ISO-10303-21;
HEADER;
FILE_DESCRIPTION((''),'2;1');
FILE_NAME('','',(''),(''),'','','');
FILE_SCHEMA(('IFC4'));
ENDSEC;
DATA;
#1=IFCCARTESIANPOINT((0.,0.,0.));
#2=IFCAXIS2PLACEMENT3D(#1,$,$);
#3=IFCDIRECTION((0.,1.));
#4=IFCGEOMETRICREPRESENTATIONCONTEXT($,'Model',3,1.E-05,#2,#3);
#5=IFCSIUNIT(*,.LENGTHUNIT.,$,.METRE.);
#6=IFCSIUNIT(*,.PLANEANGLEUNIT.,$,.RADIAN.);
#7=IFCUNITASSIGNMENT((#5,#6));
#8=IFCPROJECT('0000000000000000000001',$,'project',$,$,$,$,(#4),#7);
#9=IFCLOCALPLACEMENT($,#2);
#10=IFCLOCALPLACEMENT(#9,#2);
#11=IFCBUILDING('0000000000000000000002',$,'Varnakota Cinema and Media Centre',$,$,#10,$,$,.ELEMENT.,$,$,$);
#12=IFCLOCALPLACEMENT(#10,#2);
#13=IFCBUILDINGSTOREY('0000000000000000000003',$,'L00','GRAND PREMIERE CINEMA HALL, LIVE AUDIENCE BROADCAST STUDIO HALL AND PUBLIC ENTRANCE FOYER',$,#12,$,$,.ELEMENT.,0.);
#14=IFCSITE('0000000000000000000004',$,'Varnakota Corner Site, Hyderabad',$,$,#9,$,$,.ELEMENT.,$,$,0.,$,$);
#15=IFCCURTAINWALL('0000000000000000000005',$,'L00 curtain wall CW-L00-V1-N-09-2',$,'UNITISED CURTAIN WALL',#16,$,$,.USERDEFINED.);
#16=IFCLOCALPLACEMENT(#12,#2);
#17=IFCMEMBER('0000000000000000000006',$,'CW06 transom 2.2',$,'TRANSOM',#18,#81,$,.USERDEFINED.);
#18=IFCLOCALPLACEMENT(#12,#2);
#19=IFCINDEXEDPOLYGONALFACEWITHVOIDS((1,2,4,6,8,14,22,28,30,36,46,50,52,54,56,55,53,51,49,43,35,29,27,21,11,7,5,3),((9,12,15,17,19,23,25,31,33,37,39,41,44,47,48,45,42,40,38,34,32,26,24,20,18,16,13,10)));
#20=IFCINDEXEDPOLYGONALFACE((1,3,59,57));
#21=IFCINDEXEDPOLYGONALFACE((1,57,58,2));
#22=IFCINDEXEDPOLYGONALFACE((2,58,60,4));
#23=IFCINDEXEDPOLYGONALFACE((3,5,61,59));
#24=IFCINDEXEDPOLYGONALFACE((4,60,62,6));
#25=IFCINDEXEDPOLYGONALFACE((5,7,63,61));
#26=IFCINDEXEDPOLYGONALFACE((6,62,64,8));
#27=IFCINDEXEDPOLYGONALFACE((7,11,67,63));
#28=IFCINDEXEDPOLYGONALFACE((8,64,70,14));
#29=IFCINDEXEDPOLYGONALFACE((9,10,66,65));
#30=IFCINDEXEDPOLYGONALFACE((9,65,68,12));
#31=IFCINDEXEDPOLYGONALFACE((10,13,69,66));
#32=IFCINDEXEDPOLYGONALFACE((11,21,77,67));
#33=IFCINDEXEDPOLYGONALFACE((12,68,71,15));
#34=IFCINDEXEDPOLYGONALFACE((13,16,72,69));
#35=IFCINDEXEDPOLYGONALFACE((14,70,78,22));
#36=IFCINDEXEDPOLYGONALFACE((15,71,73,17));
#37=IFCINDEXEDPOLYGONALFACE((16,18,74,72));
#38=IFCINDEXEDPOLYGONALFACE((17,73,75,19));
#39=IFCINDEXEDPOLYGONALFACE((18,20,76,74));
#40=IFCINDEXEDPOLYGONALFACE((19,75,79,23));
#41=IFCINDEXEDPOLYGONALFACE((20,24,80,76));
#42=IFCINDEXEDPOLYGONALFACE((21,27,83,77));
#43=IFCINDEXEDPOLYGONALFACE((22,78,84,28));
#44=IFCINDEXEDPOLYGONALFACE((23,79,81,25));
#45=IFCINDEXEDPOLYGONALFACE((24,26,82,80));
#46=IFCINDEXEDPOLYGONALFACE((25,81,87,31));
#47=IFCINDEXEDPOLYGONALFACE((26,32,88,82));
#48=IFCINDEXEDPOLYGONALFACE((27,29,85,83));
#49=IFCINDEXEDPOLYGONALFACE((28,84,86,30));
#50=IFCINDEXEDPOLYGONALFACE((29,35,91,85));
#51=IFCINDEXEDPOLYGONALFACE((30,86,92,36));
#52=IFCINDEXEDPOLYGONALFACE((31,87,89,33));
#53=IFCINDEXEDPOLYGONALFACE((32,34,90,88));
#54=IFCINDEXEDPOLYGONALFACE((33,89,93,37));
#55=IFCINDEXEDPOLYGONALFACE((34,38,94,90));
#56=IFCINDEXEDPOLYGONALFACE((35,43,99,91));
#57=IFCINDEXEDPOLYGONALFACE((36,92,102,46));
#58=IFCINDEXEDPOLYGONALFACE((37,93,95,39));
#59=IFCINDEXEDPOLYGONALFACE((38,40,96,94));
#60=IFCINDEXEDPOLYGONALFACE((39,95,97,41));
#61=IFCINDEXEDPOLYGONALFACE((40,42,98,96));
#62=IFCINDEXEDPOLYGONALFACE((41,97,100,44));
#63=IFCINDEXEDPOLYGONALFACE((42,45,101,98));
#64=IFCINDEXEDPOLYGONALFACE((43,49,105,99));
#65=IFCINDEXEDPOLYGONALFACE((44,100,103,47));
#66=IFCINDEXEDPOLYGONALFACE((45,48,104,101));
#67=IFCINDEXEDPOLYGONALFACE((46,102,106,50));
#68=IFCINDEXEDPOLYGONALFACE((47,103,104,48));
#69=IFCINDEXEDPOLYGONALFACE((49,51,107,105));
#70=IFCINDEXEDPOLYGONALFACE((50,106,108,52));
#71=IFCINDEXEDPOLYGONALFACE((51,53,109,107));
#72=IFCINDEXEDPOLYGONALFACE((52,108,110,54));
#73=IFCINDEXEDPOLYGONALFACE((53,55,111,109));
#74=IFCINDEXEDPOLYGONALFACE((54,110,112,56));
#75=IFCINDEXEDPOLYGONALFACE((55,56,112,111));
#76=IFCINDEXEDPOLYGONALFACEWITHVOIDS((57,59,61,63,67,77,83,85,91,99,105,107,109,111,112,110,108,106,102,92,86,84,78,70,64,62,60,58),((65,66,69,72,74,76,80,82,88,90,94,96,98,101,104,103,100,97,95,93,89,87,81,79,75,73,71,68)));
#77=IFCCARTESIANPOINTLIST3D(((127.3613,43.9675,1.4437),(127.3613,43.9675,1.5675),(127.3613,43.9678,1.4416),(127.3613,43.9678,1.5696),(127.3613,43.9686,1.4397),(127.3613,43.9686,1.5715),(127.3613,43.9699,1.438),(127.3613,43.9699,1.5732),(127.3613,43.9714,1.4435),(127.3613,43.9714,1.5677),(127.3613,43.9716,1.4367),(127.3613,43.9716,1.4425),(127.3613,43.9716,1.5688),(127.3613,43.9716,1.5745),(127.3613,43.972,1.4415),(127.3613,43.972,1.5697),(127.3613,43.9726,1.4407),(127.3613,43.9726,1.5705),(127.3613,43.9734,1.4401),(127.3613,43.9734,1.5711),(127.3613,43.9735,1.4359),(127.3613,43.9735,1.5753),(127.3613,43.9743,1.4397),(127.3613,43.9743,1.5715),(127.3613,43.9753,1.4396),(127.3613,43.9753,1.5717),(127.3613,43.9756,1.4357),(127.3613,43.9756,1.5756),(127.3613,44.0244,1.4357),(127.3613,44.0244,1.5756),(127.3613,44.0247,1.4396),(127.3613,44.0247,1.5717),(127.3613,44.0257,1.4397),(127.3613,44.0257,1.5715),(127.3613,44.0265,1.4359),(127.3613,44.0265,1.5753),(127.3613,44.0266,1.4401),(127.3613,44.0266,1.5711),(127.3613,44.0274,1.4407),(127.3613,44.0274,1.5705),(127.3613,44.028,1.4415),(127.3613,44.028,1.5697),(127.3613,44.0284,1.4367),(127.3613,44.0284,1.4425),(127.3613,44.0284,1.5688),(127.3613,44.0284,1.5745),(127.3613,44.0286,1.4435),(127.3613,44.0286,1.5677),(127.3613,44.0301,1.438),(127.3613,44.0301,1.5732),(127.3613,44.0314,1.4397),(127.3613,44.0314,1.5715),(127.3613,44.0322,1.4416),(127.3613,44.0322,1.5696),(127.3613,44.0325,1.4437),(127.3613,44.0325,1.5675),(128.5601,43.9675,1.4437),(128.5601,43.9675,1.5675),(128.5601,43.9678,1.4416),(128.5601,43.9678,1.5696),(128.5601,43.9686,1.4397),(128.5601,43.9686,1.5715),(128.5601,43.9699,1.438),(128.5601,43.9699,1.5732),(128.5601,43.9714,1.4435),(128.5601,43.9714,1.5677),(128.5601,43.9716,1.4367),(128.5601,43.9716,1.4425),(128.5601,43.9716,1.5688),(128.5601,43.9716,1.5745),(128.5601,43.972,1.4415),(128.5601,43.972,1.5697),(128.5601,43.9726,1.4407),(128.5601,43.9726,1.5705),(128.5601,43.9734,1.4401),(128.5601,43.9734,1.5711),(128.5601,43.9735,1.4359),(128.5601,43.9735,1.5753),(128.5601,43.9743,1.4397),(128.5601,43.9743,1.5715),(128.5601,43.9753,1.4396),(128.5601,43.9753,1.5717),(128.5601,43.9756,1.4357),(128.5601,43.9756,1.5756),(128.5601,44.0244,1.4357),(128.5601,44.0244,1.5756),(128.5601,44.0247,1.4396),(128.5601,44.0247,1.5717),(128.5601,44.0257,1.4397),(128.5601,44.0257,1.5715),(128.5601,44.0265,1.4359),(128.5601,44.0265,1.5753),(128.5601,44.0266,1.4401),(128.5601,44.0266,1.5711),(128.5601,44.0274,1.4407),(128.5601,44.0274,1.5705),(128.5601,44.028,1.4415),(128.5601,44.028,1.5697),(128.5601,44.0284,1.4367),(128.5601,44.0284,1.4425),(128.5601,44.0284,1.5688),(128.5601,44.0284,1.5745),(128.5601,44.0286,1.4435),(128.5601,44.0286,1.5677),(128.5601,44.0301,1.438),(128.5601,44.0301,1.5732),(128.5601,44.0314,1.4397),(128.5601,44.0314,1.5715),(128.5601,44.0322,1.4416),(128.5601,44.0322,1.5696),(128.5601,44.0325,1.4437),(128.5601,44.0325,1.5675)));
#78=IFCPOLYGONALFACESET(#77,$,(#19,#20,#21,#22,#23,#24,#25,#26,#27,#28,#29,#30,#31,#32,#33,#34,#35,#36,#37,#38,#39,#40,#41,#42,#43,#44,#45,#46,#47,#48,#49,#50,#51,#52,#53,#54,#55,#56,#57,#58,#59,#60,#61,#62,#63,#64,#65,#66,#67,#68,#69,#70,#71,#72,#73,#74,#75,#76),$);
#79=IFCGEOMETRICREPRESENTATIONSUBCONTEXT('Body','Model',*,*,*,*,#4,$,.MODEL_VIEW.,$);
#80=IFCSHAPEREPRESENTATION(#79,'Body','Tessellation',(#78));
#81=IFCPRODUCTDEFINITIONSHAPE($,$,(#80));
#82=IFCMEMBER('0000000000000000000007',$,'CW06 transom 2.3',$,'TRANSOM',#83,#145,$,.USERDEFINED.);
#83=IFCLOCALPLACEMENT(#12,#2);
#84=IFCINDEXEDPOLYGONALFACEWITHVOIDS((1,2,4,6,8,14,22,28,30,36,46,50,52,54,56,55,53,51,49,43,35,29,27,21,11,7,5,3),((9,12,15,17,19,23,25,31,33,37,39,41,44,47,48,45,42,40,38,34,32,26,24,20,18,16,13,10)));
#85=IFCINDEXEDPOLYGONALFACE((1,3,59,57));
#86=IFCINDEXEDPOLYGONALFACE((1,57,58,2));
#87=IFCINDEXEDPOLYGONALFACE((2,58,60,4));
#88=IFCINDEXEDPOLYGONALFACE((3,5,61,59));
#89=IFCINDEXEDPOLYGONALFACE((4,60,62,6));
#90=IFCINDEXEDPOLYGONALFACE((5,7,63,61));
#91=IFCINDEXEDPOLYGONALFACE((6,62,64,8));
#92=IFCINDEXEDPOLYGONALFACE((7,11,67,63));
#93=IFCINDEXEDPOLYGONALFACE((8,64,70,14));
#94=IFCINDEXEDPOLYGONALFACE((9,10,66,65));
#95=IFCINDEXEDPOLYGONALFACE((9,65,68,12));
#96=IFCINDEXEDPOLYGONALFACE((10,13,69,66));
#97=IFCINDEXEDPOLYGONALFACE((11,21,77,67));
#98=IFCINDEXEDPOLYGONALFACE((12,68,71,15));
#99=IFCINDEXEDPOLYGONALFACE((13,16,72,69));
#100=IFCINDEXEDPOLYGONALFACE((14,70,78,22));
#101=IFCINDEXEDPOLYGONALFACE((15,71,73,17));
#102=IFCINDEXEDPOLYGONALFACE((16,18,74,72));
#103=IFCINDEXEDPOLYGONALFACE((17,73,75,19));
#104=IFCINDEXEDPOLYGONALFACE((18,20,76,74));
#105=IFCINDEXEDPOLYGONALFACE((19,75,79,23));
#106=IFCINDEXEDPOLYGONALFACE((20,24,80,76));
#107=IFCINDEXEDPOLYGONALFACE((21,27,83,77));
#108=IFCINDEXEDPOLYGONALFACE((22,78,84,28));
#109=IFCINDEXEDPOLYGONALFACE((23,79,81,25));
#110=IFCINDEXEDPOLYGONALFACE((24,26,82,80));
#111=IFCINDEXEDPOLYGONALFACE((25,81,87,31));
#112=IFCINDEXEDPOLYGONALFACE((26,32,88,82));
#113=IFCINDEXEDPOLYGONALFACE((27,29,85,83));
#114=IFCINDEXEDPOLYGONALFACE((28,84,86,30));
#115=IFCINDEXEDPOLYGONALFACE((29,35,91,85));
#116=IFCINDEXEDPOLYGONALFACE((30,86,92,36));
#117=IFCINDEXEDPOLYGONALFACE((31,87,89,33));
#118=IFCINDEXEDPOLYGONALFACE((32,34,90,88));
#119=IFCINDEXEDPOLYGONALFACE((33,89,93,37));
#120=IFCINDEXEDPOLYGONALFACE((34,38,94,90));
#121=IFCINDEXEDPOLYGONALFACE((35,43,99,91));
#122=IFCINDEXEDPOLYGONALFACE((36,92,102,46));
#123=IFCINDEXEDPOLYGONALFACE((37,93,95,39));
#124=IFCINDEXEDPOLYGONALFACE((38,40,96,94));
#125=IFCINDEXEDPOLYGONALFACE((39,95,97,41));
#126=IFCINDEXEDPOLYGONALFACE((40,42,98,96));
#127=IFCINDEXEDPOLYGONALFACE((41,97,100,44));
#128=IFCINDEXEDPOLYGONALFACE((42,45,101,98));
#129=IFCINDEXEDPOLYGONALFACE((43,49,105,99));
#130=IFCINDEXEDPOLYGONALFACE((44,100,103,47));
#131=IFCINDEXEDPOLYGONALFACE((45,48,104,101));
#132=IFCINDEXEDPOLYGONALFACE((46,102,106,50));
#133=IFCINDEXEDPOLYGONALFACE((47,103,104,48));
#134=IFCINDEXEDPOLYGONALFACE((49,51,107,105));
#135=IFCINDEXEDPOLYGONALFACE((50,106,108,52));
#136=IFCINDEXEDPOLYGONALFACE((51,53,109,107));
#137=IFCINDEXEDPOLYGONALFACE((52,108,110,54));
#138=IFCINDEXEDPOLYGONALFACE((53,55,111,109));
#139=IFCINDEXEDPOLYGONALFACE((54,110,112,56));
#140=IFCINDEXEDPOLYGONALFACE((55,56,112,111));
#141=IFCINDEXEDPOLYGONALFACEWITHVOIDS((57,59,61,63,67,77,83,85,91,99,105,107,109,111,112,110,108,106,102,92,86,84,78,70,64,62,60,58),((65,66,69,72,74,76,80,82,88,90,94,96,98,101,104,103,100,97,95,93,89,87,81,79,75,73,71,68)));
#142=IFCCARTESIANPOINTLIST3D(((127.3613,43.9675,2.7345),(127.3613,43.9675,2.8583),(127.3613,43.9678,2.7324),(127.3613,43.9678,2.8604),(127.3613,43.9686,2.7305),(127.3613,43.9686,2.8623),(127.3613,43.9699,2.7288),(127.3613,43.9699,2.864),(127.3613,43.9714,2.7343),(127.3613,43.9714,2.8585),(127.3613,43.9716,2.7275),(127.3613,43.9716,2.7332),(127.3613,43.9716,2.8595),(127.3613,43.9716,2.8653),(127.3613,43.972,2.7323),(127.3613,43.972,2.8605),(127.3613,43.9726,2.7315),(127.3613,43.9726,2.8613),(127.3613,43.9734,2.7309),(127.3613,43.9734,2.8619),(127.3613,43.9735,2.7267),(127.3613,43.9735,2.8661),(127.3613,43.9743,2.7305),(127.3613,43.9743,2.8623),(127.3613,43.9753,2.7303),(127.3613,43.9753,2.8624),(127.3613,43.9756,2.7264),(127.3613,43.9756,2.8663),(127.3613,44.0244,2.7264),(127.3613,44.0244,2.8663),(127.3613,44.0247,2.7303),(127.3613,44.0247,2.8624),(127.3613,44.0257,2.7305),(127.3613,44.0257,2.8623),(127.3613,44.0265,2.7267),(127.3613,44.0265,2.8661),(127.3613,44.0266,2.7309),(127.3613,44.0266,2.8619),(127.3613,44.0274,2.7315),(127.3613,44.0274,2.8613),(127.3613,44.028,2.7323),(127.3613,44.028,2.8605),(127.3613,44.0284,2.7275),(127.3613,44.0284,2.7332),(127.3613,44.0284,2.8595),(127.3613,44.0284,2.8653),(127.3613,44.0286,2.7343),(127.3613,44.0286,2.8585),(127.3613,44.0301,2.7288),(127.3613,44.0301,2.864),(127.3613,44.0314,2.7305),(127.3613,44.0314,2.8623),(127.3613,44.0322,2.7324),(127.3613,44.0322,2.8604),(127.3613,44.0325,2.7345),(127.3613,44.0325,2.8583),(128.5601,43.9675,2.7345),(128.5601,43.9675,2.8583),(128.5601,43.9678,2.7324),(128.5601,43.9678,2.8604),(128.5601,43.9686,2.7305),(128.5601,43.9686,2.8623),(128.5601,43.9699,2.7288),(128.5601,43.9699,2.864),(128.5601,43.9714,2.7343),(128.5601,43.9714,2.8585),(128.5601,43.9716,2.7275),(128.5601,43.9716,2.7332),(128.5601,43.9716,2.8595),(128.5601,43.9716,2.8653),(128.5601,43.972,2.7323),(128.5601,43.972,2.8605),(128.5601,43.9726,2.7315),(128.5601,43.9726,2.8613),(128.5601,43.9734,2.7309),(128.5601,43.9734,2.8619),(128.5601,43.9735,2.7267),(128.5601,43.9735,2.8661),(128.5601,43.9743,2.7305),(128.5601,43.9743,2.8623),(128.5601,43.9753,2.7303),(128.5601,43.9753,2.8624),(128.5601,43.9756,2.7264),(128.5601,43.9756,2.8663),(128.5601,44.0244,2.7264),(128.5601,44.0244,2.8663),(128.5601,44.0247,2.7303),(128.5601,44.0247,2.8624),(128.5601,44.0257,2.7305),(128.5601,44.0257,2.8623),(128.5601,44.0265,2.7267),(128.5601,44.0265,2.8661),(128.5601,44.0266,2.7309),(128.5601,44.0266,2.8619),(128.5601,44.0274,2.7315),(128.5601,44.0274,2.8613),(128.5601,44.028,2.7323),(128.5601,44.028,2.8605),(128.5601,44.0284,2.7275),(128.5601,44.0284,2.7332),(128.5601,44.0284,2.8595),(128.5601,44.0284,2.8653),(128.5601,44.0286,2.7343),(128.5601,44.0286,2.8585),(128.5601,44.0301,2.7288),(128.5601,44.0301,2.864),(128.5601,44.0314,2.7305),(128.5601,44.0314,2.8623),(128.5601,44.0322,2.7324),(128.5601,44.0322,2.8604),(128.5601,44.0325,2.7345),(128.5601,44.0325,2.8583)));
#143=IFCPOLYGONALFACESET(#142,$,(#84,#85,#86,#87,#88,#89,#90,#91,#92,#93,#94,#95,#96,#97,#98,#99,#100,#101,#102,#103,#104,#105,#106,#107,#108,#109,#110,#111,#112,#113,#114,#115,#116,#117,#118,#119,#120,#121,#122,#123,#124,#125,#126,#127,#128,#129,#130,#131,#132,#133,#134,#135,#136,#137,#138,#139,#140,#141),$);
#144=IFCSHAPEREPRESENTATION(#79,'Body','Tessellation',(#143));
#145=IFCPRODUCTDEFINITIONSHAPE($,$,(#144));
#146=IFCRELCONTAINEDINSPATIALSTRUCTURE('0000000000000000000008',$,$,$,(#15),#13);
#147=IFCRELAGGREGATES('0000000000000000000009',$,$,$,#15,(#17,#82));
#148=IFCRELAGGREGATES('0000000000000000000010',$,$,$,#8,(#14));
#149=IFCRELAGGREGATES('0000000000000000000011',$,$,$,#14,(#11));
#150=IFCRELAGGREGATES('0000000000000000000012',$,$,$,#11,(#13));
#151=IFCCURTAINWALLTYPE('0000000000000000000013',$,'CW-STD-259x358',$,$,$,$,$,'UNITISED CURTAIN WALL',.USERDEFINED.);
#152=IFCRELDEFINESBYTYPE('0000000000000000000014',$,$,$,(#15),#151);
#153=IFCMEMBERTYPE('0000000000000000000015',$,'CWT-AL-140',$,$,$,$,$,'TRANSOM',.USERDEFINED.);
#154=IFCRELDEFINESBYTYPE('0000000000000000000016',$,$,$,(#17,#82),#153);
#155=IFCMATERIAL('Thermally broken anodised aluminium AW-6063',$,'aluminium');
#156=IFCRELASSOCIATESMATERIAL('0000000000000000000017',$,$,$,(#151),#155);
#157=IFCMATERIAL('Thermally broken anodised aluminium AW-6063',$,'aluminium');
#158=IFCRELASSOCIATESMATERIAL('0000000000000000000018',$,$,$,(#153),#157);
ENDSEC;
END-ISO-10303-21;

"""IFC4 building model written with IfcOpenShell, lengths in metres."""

from ifc_helpers import new_model, si_unit, direction, frame, origin, origin_2d, place, context, subcontext, project, spatial, hollow_rectangle, extrude, material, material_profile, profile_set, type_object, element, aggregate, save


model = new_model("IFC4")

# Units and contexts
model_context = context("Model", 3, precision=1e-05, world=origin(), true_north=direction((0.0, 1.0)))
body_context = subcontext(model_context, "Body", "Model", "MODEL_VIEW")
ifc_project = project(units=[si_unit("LENGTHUNIT", "METRE"), si_unit("PLANEANGLEUNIT", "RADIAN")], contexts=[model_context])

# Site, building, storey
site_placement = place(None, origin())
site = spatial("IfcSite", under=ifc_project, at=site_placement, Name="Varnakota Corner Site, Hyderabad", CompositionType="ELEMENT", RefElevation=0.0)
building_placement = place(site_placement, origin())
building = spatial("IfcBuilding", under=site, at=building_placement, Name="Varnakota Cinema and Media Centre", CompositionType="ELEMENT")
storey_placement = place(building_placement, origin())
storey = spatial("IfcBuildingStorey", under=building, at=storey_placement, Name="L00", Description="GRAND PREMIERE CINEMA HALL, LIVE AUDIENCE BROADCAST STUDIO HALL AND PUBLIC ENTRANCE FOYER", CompositionType="ELEMENT", Elevation=0.0)

# Shared definitions
ifc_material_1 = material(Name="Thermally broken anodised aluminium AW-6063", Category="aluminium")
curtain_wall_type = type_object("IfcCurtainWallType", Name="CW-STD-259x358", ElementType="UNITISED CURTAIN WALL", PredefinedType="USERDEFINED", material=ifc_material_1)

# Curtain wall
curtain_wall_1_placement = place(storey_placement, origin())
curtain_wall_1 = element("IfcCurtainWall", 1, at=curtain_wall_1_placement, inside=storey, type_object=curtain_wall_type, Name="L00 curtain wall CW-L00-V1-N-09-2", ObjectType="UNITISED CURTAIN WALL", PredefinedType="USERDEFINED")

# Members
ifc_material_2 = material(Name="Thermally broken anodised aluminium AW-6063", Category="aluminium")
ifc_material_profile_1 = material_profile(ifc_material_2, hollow_rectangle(XDim=0.0649, YDim=0.1399, WallThickness=0.0039, InnerFilletRadius=0.0039, OuterFilletRadius=0.0081, at=origin_2d()), Name="AL-TRANSOM 140x65x4")
ifc_profile_set_1 = profile_set([ifc_material_profile_1], Name="Thermally broken anodised aluminium AW-6063")
member_type_1 = type_object("IfcMemberType", Name="CWT-AL-140", ElementType="TRANSOM", PredefinedType="USERDEFINED", material=ifc_profile_set_1)
member_1_placement = place(storey_placement, frame((127.3613, 44.0, 1.5056), z_axis=(1.0, 0.0, 0.0), x_axis=(0.0, 1.0, 0.0)))
member_1 = element("IfcMember", 2, at=member_1_placement, type_object=member_type_1, Name="CW06 transom 2.2", ObjectType="TRANSOM", PredefinedType="USERDEFINED", context=body_context, shape_type="SweptSolid", body=[
    extrude(hollow_rectangle(XDim=0.0649, YDim=0.1399, WallThickness=0.0039, InnerFilletRadius=0.0039, OuterFilletRadius=0.0081, at=origin_2d()), origin(), (0.0, 0.0, 1.0), 1.1987),
])
member_2_placement = place(storey_placement, frame((127.3613, 44.0, 2.7964), z_axis=(1.0, 0.0, 0.0), x_axis=(0.0, 1.0, 0.0)))
member_2 = element("IfcMember", 3, at=member_2_placement, type_object=member_type_1, Name="CW06 transom 2.3", ObjectType="TRANSOM", PredefinedType="USERDEFINED", context=body_context, shape_type="SweptSolid", body=[
    extrude(hollow_rectangle(XDim=0.0649, YDim=0.1399, WallThickness=0.0039, InnerFilletRadius=0.0039, OuterFilletRadius=0.0081, at=origin_2d()), origin(), (0.0, 0.0, 1.0), 1.1987),
])

aggregate(curtain_wall_1, [member_1, member_2])

save(model, "model.ifc")
